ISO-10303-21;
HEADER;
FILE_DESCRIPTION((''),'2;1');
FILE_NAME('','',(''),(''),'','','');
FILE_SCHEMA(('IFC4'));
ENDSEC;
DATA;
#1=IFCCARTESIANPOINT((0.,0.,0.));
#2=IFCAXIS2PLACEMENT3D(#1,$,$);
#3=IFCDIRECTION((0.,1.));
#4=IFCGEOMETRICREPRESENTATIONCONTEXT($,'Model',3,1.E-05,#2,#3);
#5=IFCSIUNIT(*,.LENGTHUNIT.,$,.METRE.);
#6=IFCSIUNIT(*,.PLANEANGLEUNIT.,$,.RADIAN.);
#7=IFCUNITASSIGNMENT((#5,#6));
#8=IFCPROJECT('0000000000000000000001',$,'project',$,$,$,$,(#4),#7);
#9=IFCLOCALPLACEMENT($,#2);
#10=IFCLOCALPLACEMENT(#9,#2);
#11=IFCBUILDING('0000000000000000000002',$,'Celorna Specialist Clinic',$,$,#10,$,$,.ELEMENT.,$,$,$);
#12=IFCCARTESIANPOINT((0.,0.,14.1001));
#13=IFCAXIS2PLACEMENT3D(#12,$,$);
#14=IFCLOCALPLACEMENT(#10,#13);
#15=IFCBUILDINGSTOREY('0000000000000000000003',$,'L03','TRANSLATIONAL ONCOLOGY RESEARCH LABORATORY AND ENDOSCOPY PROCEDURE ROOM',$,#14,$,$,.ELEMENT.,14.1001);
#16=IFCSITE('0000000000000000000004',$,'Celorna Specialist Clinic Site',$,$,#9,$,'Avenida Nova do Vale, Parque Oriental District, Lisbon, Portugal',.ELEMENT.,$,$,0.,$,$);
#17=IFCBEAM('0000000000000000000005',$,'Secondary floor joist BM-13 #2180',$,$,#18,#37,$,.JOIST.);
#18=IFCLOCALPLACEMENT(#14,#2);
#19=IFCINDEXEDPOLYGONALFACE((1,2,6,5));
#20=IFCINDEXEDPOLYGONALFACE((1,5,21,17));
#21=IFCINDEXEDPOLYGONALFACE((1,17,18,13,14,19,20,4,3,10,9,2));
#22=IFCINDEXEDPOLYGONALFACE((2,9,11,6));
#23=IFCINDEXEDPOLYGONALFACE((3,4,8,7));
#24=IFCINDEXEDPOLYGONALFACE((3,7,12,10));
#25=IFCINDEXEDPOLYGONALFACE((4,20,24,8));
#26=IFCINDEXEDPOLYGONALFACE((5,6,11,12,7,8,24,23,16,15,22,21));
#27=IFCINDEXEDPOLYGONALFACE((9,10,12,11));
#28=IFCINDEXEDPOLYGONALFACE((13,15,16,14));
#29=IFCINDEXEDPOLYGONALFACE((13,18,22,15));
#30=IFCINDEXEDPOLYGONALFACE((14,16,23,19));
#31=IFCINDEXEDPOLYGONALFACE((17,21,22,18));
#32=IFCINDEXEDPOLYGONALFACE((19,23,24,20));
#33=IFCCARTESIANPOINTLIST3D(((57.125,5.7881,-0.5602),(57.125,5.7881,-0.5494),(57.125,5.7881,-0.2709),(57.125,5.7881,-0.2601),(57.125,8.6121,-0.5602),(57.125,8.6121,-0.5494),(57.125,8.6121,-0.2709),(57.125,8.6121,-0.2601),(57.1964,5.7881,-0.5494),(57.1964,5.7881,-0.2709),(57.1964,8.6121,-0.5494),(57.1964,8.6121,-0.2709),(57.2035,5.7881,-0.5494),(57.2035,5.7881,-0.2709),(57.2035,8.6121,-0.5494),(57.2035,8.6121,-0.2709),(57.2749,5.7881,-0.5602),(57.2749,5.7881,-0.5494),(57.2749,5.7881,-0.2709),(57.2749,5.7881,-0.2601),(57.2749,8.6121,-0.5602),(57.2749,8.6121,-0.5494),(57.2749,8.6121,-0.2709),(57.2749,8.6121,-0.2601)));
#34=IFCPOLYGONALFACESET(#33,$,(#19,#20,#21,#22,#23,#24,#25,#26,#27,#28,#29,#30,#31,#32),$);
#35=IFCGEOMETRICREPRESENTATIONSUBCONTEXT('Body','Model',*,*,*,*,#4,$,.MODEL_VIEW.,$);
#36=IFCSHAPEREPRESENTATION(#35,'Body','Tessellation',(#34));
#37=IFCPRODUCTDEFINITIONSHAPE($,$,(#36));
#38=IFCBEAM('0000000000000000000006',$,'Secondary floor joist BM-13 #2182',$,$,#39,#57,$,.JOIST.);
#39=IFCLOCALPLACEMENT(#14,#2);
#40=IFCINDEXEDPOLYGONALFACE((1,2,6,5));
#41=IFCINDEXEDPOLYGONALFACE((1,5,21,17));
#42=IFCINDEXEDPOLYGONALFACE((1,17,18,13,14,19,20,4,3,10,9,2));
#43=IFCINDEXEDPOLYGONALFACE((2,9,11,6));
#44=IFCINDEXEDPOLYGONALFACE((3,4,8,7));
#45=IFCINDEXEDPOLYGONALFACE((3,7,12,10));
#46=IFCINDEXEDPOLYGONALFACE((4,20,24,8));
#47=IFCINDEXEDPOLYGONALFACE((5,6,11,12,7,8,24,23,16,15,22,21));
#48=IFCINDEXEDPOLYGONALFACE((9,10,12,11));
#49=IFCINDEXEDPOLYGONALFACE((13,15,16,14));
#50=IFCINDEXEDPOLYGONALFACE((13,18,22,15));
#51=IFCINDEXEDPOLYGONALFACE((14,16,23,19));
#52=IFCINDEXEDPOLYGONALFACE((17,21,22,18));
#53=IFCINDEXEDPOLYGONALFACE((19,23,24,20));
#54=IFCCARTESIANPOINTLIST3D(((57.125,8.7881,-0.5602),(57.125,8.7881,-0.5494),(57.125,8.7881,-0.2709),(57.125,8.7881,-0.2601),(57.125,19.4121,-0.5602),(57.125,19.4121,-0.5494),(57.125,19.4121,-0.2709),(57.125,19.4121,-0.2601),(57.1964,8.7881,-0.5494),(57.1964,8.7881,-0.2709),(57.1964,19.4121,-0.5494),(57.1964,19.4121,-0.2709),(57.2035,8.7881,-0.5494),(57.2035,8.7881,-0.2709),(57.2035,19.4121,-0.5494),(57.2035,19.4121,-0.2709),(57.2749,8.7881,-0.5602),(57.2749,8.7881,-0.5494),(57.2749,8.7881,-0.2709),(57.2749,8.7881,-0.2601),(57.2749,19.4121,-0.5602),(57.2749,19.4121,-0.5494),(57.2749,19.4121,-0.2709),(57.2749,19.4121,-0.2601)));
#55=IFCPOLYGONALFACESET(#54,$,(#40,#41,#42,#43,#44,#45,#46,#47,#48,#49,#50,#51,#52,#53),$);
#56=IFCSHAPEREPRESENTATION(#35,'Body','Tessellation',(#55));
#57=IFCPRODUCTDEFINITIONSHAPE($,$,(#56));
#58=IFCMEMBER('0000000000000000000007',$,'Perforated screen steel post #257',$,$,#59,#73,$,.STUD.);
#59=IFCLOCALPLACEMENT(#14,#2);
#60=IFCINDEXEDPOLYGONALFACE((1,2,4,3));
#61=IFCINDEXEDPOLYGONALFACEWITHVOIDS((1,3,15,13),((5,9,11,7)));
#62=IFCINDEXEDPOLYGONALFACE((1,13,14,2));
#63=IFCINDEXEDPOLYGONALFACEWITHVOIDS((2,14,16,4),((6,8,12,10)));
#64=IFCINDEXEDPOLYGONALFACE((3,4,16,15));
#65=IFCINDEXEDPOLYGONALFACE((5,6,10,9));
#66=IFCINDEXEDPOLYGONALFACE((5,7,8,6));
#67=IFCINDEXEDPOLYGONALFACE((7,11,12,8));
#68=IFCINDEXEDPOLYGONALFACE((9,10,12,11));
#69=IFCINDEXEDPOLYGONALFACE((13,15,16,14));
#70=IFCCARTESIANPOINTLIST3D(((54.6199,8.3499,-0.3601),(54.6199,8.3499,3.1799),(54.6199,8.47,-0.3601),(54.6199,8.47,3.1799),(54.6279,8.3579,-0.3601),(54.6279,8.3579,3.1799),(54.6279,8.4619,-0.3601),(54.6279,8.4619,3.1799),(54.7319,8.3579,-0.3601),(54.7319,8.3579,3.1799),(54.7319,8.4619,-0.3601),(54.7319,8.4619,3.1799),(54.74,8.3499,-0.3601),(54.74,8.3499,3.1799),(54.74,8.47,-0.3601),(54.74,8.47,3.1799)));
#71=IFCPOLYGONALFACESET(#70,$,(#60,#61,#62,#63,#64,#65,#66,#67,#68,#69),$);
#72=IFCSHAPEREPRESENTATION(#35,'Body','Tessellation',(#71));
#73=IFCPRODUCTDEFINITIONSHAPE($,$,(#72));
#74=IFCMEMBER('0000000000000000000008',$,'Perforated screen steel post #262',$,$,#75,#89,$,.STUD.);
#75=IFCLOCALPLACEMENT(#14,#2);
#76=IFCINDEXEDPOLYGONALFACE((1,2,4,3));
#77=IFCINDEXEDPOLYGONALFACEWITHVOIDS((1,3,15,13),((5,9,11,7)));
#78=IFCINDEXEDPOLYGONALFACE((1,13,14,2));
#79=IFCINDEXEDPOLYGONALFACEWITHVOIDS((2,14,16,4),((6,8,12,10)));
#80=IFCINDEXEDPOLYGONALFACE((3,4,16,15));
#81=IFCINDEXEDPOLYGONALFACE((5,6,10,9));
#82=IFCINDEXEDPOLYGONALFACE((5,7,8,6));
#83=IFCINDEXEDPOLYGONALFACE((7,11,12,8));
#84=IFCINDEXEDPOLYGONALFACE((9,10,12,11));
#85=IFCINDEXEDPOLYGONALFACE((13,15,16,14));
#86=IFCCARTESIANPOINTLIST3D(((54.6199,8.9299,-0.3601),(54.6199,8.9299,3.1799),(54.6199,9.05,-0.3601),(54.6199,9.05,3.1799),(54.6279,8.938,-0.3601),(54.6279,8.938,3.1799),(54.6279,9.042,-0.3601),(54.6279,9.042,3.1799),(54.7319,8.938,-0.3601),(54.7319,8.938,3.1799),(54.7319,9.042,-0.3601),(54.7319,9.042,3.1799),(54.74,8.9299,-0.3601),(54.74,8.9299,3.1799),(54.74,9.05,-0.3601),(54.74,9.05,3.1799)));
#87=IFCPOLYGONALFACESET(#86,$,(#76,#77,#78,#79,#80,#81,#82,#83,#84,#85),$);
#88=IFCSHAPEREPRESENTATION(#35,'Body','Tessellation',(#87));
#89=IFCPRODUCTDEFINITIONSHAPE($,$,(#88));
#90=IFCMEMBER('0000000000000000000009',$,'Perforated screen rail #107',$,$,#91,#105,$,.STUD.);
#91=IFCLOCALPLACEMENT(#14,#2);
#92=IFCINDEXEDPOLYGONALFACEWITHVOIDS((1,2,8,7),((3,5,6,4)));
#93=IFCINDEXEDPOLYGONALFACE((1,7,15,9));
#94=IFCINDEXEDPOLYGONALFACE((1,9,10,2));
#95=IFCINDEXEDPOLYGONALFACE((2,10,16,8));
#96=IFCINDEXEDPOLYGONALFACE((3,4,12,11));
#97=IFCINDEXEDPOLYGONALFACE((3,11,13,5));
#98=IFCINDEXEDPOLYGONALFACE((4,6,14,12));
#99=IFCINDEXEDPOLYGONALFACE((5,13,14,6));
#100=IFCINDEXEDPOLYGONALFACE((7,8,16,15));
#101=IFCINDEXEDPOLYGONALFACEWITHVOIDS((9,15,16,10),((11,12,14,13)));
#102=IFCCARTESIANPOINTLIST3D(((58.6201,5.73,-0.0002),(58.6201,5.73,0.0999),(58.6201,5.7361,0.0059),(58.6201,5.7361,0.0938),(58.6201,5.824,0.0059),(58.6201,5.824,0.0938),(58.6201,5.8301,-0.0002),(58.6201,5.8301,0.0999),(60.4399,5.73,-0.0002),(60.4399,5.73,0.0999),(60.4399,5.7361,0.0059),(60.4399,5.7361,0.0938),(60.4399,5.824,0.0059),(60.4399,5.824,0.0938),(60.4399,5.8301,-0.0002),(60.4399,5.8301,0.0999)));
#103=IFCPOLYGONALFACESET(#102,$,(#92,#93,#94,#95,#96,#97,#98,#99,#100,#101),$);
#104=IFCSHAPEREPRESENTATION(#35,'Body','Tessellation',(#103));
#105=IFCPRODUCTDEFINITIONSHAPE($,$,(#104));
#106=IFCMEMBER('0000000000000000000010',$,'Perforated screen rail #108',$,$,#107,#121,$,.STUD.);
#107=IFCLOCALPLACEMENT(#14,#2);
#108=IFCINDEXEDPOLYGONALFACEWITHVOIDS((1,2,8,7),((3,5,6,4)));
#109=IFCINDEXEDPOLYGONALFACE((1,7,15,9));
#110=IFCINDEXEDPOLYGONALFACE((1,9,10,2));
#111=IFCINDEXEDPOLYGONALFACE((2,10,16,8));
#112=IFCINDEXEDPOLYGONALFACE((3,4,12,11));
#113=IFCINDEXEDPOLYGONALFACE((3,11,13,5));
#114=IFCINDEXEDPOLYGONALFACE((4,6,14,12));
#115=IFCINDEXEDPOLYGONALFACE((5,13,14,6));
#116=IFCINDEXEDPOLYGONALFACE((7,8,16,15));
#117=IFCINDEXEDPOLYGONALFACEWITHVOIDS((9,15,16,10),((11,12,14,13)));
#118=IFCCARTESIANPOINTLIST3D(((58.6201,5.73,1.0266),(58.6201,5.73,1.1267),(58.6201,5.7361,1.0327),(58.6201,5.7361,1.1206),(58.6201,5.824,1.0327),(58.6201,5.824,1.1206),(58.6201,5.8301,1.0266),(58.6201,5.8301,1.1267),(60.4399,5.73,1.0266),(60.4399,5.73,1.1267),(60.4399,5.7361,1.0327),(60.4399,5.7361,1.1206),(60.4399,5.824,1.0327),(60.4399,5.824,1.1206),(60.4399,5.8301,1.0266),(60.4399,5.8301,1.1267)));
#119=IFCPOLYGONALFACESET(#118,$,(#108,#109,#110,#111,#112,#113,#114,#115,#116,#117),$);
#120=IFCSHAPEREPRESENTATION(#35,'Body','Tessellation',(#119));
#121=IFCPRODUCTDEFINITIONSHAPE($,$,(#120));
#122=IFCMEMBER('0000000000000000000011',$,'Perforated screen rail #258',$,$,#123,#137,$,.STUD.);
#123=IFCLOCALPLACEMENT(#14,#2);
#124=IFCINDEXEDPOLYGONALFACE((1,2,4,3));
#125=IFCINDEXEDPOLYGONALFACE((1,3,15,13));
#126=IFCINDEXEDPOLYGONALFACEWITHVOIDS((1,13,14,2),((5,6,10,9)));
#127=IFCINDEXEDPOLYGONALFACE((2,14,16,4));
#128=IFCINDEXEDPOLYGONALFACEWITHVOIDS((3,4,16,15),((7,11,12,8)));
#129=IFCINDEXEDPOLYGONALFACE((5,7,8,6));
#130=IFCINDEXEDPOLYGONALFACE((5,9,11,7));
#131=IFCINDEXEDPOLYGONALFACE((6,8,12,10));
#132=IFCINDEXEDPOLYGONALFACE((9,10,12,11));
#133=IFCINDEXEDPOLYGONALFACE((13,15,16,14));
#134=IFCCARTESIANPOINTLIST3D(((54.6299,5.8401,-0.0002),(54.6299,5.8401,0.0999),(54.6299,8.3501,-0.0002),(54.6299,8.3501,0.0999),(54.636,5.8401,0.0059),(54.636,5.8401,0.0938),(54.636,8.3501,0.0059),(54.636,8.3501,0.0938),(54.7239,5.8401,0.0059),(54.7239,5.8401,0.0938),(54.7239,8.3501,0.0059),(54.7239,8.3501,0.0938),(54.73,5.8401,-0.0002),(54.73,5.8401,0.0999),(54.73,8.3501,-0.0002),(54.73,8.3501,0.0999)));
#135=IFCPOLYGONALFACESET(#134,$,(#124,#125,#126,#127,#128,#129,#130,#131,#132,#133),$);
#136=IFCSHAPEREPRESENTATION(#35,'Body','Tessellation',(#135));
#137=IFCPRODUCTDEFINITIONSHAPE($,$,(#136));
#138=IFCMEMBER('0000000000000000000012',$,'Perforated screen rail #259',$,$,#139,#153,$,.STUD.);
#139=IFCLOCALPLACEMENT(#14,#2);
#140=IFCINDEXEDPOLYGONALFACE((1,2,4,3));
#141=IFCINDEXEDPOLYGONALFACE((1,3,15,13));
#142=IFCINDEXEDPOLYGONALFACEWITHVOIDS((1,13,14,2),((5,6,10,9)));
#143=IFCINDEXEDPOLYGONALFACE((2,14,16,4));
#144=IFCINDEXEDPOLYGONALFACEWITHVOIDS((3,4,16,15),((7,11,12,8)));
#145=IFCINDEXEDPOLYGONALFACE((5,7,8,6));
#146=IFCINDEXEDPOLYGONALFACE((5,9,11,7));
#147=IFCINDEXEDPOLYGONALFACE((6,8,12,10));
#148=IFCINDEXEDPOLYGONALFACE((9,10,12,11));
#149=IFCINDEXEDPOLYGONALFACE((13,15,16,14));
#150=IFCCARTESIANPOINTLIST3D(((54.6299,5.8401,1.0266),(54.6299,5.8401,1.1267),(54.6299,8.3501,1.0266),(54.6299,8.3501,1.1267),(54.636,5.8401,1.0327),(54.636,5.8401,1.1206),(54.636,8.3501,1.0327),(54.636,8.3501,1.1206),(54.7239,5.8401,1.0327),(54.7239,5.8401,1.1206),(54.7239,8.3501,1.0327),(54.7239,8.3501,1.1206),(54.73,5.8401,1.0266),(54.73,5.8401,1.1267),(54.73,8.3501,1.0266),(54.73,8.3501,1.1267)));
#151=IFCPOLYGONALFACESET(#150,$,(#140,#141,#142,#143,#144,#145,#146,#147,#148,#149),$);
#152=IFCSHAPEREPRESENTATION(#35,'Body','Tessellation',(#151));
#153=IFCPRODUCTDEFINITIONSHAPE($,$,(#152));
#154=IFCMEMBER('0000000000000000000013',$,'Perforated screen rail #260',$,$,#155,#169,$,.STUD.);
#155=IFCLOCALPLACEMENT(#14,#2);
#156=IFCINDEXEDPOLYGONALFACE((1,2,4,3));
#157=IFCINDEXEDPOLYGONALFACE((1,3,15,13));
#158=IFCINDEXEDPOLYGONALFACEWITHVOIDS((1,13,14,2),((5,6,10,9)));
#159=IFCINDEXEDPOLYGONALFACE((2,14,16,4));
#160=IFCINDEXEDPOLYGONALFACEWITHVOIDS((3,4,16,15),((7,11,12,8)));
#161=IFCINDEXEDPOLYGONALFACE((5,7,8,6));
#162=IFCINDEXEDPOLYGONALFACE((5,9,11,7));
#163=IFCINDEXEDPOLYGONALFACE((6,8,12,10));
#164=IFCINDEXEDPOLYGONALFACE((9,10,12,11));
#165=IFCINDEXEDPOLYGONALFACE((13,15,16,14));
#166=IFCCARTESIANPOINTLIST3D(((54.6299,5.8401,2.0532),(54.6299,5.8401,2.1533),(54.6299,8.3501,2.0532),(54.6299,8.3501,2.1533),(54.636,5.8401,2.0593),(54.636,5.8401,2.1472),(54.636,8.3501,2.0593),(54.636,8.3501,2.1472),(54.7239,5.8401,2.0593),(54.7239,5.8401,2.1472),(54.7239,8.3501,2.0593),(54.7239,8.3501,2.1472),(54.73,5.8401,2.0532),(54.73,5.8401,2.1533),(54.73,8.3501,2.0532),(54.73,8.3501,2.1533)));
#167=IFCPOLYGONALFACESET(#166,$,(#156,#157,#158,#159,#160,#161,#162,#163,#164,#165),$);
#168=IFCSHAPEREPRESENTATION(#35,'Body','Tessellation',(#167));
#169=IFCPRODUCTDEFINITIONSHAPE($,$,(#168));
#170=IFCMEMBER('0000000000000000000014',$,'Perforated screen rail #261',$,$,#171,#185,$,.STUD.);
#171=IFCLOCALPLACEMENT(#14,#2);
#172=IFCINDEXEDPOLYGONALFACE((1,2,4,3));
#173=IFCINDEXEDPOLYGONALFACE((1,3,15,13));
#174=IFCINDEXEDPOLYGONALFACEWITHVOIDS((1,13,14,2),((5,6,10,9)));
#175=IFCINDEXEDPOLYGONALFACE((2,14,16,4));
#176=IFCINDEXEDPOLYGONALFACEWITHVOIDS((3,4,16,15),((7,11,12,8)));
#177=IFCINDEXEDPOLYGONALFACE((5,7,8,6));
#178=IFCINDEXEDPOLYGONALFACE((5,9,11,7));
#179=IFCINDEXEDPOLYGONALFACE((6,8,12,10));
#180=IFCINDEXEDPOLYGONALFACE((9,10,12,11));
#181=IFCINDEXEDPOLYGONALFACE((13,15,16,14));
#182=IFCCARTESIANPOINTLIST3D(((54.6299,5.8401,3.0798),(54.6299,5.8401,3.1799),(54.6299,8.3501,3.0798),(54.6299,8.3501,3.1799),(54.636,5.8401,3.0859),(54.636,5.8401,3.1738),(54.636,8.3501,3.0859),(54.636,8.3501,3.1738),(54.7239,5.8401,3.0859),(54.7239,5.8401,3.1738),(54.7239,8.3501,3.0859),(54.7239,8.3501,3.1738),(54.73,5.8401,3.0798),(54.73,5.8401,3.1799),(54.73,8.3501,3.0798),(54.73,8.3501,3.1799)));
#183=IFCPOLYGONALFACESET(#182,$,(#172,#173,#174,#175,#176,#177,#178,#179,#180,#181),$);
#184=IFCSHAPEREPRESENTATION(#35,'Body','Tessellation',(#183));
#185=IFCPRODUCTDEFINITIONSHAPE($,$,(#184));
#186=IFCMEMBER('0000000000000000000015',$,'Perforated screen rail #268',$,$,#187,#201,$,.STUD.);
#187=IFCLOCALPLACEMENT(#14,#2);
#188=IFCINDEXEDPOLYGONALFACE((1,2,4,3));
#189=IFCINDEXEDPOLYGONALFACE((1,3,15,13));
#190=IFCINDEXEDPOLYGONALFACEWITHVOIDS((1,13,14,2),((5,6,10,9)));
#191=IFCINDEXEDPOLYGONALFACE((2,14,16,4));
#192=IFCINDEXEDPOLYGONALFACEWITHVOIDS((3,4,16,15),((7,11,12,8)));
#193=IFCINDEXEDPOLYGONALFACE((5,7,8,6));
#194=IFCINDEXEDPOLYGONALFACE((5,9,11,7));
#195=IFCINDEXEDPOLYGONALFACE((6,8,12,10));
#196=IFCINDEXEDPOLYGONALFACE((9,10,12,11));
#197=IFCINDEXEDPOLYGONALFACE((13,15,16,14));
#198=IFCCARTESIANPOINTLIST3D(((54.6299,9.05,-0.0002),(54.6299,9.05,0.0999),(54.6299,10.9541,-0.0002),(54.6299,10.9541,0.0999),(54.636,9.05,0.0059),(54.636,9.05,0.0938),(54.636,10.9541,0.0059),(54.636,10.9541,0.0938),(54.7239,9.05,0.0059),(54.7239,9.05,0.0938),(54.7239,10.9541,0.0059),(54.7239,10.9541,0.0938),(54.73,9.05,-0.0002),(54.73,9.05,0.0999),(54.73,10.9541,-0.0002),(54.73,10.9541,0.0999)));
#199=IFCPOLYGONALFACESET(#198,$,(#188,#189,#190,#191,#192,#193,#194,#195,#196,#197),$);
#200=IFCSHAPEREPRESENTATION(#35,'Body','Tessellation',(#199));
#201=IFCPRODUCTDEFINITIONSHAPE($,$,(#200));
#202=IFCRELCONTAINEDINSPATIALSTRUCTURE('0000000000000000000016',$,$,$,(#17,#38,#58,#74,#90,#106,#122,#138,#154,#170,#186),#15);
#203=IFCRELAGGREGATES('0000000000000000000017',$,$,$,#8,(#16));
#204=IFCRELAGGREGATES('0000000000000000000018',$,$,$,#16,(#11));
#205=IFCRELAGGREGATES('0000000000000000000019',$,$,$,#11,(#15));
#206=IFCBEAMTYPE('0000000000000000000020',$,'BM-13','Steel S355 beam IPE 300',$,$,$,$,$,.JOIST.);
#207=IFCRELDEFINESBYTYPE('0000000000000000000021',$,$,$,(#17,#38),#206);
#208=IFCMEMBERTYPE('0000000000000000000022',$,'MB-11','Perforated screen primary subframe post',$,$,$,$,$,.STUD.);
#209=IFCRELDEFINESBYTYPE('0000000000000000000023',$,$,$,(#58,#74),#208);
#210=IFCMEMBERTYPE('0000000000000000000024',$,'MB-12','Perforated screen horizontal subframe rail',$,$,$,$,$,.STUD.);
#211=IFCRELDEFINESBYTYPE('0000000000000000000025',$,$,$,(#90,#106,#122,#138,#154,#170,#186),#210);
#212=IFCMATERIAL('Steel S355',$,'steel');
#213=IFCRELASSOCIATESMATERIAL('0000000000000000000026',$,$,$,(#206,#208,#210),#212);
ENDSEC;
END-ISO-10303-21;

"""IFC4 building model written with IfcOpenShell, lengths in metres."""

from ifc_helpers import new_model, si_unit, direction, frame, origin, origin_2d, place, context, subcontext, project, spatial, hollow_rectangle, i_section, extrude, material, material_profile, profile_set, type_object, element, save


model = new_model("IFC4")

# Units and contexts
model_context = context("Model", 3, precision=1e-05, world=origin(), true_north=direction((0.0, 1.0)))
body_context = subcontext(model_context, "Body", "Model", "MODEL_VIEW")
ifc_project = project(units=[si_unit("LENGTHUNIT", "METRE"), si_unit("PLANEANGLEUNIT", "RADIAN")], contexts=[model_context])

# Site, building, storey
site_placement = place(None, origin())
site = spatial("IfcSite", under=ifc_project, at=site_placement, Name="Celorna Specialist Clinic Site", LongName="Avenida Nova do Vale, Parque Oriental District, Lisbon, Portugal", CompositionType="ELEMENT", RefElevation=0.0)
building_placement = place(site_placement, origin())
building = spatial("IfcBuilding", under=site, at=building_placement, Name="Celorna Specialist Clinic", CompositionType="ELEMENT")
storey_placement = place(building_placement, frame((0.0, 0.0, 14.1001)))
storey = spatial("IfcBuildingStorey", under=building, at=storey_placement, Name="L03", Description="TRANSLATIONAL ONCOLOGY RESEARCH LABORATORY AND ENDOSCOPY PROCEDURE ROOM", CompositionType="ELEMENT", Elevation=14.1001)

# Beams
ifc_material_1 = material(Name="Steel S355", Category="steel")
ifc_material_profile_1 = material_profile(ifc_material_1, i_section(OverallWidth=0.1499, OverallDepth=0.3, WebThickness=0.0071, FlangeThickness=0.0107, at=origin_2d()), Name="IPE 300")
ifc_profile_set_1 = profile_set([ifc_material_profile_1], Name="Steel S355")
beam_type = type_object("IfcBeamType", Name="BM-13", Description="Steel S355 beam IPE 300", PredefinedType="JOIST", material=ifc_profile_set_1)
beam_1_placement = place(storey_placement, frame((57.2, 5.7881, -0.4102), z_axis=(0.0, 1.0, 0.0), x_axis=(-1.0, 0.0, 0.0)))
element("IfcBeam", 1, at=beam_1_placement, inside=storey, type_object=beam_type, Name="Secondary floor joist BM-13 #2180", PredefinedType="JOIST", context=body_context, shape_type="SweptSolid", body=[
    extrude(i_section(OverallWidth=0.1499, OverallDepth=0.3, WebThickness=0.0071, FlangeThickness=0.0107, at=origin_2d()), origin(), (0.0, 0.0, 1.0), 2.824),
])
beam_2_placement = place(storey_placement, frame((57.2, 8.7881, -0.4102), z_axis=(0.0, 1.0, 0.0), x_axis=(-1.0, 0.0, 0.0)))
element("IfcBeam", 2, at=beam_2_placement, inside=storey, type_object=beam_type, Name="Secondary floor joist BM-13 #2182", PredefinedType="JOIST", context=body_context, shape_type="SweptSolid", body=[
    extrude(i_section(OverallWidth=0.1499, OverallDepth=0.3, WebThickness=0.0071, FlangeThickness=0.0107, at=origin_2d()), origin(), (0.0, 0.0, 1.0), 10.624),
])

# Members
ifc_material_profile_2 = material_profile(ifc_material_1, hollow_rectangle(XDim=0.1201, YDim=0.1201, WallThickness=0.0081, at=origin_2d()), Name="SHS 120x120x8")
ifc_profile_set_2 = profile_set([ifc_material_profile_2], Name="Steel S355")
member_type_1 = type_object("IfcMemberType", Name="MB-11", Description="Perforated screen primary subframe post", PredefinedType="STUD", material=ifc_profile_set_2)
for number, where, z_axis, x_axis, name in (
    (3, (54.6799, 8.4099, -0.3601), (0.0, 0.0, 1.0), (1.0, 0.0, 0.0), "Perforated screen steel post #257"),
    (4, (54.6799, 8.99, -0.3601), (0.0, 0.0, 1.0), (1.0, 0.0, 0.0), "Perforated screen steel post #262"),
):
    element("IfcMember", number, at=place(storey_placement, frame(where, z_axis=z_axis, x_axis=x_axis)), inside=storey, type_object=member_type_1, Name=name, PredefinedType="STUD", context=body_context, shape_type="SweptSolid", body=[
        extrude(hollow_rectangle(XDim=0.1201, YDim=0.1201, WallThickness=0.0081, at=origin_2d()), origin(), (0.0, 0.0, 1.0), 3.54),
    ])
ifc_material_profile_3 = material_profile(ifc_material_1, hollow_rectangle(XDim=0.1001, YDim=0.1001, WallThickness=0.0061, at=origin_2d()), Name="SHS 100x100x6")
ifc_profile_set_3 = profile_set([ifc_material_profile_3], Name="Steel S355")
member_type_2 = type_object("IfcMemberType", Name="MB-12", Description="Perforated screen horizontal subframe rail", PredefinedType="STUD", material=ifc_profile_set_3)
for number, where, z_axis, x_axis, name in (
    (5, (58.6201, 5.78, 0.0498), (1.0, 0.0, 0.0), (0.0, 1.0, 0.0), "Perforated screen rail #107"),
    (6, (58.6201, 5.78, 1.0767), (1.0, 0.0, 0.0), (0.0, 1.0, 0.0), "Perforated screen rail #108"),
):
    element("IfcMember", number, at=place(storey_placement, frame(where, z_axis=z_axis, x_axis=x_axis)), inside=storey, type_object=member_type_2, Name=name, PredefinedType="STUD", context=body_context, shape_type="SweptSolid", body=[
        extrude(hollow_rectangle(XDim=0.1001, YDim=0.1001, WallThickness=0.0061, at=origin_2d()), origin(), (0.0, 0.0, 1.0), 1.8198),
    ])
for number, where, z_axis, x_axis, name in (
    (7, (54.6799, 5.8401, 0.0498), (0.0, 1.0, 0.0), (-1.0, 0.0, 0.0), "Perforated screen rail #258"),
    (8, (54.6799, 5.8401, 1.0767), (0.0, 1.0, 0.0), (-1.0, 0.0, 0.0), "Perforated screen rail #259"),
    (9, (54.6799, 5.8401, 2.1033), (0.0, 1.0, 0.0), (-1.0, 0.0, 0.0), "Perforated screen rail #260"),
    (10, (54.6799, 5.8401, 3.1299), (0.0, 1.0, 0.0), (-1.0, 0.0, 0.0), "Perforated screen rail #261"),
):
    element("IfcMember", number, at=place(storey_placement, frame(where, z_axis=z_axis, x_axis=x_axis)), inside=storey, type_object=member_type_2, Name=name, PredefinedType="STUD", context=body_context, shape_type="SweptSolid", body=[
        extrude(hollow_rectangle(XDim=0.1001, YDim=0.1001, WallThickness=0.0061, at=origin_2d()), origin(), (0.0, 0.0, 1.0), 2.51),
    ])
for number, where, z_axis, x_axis, name in (
    (11, (54.6799, 9.05, 0.0498), (0.0, 1.0, 0.0), (-1.0, 0.0, 0.0), "Perforated screen rail #268"),
):
    element("IfcMember", number, at=place(storey_placement, frame(where, z_axis=z_axis, x_axis=x_axis)), inside=storey, type_object=member_type_2, Name=name, PredefinedType="STUD", context=body_context, shape_type="SweptSolid", body=[
        extrude(hollow_rectangle(XDim=0.1001, YDim=0.1001, WallThickness=0.0061, at=origin_2d()), origin(), (0.0, 0.0, 1.0), 1.9041),
    ])

save(model, "model.ifc")
